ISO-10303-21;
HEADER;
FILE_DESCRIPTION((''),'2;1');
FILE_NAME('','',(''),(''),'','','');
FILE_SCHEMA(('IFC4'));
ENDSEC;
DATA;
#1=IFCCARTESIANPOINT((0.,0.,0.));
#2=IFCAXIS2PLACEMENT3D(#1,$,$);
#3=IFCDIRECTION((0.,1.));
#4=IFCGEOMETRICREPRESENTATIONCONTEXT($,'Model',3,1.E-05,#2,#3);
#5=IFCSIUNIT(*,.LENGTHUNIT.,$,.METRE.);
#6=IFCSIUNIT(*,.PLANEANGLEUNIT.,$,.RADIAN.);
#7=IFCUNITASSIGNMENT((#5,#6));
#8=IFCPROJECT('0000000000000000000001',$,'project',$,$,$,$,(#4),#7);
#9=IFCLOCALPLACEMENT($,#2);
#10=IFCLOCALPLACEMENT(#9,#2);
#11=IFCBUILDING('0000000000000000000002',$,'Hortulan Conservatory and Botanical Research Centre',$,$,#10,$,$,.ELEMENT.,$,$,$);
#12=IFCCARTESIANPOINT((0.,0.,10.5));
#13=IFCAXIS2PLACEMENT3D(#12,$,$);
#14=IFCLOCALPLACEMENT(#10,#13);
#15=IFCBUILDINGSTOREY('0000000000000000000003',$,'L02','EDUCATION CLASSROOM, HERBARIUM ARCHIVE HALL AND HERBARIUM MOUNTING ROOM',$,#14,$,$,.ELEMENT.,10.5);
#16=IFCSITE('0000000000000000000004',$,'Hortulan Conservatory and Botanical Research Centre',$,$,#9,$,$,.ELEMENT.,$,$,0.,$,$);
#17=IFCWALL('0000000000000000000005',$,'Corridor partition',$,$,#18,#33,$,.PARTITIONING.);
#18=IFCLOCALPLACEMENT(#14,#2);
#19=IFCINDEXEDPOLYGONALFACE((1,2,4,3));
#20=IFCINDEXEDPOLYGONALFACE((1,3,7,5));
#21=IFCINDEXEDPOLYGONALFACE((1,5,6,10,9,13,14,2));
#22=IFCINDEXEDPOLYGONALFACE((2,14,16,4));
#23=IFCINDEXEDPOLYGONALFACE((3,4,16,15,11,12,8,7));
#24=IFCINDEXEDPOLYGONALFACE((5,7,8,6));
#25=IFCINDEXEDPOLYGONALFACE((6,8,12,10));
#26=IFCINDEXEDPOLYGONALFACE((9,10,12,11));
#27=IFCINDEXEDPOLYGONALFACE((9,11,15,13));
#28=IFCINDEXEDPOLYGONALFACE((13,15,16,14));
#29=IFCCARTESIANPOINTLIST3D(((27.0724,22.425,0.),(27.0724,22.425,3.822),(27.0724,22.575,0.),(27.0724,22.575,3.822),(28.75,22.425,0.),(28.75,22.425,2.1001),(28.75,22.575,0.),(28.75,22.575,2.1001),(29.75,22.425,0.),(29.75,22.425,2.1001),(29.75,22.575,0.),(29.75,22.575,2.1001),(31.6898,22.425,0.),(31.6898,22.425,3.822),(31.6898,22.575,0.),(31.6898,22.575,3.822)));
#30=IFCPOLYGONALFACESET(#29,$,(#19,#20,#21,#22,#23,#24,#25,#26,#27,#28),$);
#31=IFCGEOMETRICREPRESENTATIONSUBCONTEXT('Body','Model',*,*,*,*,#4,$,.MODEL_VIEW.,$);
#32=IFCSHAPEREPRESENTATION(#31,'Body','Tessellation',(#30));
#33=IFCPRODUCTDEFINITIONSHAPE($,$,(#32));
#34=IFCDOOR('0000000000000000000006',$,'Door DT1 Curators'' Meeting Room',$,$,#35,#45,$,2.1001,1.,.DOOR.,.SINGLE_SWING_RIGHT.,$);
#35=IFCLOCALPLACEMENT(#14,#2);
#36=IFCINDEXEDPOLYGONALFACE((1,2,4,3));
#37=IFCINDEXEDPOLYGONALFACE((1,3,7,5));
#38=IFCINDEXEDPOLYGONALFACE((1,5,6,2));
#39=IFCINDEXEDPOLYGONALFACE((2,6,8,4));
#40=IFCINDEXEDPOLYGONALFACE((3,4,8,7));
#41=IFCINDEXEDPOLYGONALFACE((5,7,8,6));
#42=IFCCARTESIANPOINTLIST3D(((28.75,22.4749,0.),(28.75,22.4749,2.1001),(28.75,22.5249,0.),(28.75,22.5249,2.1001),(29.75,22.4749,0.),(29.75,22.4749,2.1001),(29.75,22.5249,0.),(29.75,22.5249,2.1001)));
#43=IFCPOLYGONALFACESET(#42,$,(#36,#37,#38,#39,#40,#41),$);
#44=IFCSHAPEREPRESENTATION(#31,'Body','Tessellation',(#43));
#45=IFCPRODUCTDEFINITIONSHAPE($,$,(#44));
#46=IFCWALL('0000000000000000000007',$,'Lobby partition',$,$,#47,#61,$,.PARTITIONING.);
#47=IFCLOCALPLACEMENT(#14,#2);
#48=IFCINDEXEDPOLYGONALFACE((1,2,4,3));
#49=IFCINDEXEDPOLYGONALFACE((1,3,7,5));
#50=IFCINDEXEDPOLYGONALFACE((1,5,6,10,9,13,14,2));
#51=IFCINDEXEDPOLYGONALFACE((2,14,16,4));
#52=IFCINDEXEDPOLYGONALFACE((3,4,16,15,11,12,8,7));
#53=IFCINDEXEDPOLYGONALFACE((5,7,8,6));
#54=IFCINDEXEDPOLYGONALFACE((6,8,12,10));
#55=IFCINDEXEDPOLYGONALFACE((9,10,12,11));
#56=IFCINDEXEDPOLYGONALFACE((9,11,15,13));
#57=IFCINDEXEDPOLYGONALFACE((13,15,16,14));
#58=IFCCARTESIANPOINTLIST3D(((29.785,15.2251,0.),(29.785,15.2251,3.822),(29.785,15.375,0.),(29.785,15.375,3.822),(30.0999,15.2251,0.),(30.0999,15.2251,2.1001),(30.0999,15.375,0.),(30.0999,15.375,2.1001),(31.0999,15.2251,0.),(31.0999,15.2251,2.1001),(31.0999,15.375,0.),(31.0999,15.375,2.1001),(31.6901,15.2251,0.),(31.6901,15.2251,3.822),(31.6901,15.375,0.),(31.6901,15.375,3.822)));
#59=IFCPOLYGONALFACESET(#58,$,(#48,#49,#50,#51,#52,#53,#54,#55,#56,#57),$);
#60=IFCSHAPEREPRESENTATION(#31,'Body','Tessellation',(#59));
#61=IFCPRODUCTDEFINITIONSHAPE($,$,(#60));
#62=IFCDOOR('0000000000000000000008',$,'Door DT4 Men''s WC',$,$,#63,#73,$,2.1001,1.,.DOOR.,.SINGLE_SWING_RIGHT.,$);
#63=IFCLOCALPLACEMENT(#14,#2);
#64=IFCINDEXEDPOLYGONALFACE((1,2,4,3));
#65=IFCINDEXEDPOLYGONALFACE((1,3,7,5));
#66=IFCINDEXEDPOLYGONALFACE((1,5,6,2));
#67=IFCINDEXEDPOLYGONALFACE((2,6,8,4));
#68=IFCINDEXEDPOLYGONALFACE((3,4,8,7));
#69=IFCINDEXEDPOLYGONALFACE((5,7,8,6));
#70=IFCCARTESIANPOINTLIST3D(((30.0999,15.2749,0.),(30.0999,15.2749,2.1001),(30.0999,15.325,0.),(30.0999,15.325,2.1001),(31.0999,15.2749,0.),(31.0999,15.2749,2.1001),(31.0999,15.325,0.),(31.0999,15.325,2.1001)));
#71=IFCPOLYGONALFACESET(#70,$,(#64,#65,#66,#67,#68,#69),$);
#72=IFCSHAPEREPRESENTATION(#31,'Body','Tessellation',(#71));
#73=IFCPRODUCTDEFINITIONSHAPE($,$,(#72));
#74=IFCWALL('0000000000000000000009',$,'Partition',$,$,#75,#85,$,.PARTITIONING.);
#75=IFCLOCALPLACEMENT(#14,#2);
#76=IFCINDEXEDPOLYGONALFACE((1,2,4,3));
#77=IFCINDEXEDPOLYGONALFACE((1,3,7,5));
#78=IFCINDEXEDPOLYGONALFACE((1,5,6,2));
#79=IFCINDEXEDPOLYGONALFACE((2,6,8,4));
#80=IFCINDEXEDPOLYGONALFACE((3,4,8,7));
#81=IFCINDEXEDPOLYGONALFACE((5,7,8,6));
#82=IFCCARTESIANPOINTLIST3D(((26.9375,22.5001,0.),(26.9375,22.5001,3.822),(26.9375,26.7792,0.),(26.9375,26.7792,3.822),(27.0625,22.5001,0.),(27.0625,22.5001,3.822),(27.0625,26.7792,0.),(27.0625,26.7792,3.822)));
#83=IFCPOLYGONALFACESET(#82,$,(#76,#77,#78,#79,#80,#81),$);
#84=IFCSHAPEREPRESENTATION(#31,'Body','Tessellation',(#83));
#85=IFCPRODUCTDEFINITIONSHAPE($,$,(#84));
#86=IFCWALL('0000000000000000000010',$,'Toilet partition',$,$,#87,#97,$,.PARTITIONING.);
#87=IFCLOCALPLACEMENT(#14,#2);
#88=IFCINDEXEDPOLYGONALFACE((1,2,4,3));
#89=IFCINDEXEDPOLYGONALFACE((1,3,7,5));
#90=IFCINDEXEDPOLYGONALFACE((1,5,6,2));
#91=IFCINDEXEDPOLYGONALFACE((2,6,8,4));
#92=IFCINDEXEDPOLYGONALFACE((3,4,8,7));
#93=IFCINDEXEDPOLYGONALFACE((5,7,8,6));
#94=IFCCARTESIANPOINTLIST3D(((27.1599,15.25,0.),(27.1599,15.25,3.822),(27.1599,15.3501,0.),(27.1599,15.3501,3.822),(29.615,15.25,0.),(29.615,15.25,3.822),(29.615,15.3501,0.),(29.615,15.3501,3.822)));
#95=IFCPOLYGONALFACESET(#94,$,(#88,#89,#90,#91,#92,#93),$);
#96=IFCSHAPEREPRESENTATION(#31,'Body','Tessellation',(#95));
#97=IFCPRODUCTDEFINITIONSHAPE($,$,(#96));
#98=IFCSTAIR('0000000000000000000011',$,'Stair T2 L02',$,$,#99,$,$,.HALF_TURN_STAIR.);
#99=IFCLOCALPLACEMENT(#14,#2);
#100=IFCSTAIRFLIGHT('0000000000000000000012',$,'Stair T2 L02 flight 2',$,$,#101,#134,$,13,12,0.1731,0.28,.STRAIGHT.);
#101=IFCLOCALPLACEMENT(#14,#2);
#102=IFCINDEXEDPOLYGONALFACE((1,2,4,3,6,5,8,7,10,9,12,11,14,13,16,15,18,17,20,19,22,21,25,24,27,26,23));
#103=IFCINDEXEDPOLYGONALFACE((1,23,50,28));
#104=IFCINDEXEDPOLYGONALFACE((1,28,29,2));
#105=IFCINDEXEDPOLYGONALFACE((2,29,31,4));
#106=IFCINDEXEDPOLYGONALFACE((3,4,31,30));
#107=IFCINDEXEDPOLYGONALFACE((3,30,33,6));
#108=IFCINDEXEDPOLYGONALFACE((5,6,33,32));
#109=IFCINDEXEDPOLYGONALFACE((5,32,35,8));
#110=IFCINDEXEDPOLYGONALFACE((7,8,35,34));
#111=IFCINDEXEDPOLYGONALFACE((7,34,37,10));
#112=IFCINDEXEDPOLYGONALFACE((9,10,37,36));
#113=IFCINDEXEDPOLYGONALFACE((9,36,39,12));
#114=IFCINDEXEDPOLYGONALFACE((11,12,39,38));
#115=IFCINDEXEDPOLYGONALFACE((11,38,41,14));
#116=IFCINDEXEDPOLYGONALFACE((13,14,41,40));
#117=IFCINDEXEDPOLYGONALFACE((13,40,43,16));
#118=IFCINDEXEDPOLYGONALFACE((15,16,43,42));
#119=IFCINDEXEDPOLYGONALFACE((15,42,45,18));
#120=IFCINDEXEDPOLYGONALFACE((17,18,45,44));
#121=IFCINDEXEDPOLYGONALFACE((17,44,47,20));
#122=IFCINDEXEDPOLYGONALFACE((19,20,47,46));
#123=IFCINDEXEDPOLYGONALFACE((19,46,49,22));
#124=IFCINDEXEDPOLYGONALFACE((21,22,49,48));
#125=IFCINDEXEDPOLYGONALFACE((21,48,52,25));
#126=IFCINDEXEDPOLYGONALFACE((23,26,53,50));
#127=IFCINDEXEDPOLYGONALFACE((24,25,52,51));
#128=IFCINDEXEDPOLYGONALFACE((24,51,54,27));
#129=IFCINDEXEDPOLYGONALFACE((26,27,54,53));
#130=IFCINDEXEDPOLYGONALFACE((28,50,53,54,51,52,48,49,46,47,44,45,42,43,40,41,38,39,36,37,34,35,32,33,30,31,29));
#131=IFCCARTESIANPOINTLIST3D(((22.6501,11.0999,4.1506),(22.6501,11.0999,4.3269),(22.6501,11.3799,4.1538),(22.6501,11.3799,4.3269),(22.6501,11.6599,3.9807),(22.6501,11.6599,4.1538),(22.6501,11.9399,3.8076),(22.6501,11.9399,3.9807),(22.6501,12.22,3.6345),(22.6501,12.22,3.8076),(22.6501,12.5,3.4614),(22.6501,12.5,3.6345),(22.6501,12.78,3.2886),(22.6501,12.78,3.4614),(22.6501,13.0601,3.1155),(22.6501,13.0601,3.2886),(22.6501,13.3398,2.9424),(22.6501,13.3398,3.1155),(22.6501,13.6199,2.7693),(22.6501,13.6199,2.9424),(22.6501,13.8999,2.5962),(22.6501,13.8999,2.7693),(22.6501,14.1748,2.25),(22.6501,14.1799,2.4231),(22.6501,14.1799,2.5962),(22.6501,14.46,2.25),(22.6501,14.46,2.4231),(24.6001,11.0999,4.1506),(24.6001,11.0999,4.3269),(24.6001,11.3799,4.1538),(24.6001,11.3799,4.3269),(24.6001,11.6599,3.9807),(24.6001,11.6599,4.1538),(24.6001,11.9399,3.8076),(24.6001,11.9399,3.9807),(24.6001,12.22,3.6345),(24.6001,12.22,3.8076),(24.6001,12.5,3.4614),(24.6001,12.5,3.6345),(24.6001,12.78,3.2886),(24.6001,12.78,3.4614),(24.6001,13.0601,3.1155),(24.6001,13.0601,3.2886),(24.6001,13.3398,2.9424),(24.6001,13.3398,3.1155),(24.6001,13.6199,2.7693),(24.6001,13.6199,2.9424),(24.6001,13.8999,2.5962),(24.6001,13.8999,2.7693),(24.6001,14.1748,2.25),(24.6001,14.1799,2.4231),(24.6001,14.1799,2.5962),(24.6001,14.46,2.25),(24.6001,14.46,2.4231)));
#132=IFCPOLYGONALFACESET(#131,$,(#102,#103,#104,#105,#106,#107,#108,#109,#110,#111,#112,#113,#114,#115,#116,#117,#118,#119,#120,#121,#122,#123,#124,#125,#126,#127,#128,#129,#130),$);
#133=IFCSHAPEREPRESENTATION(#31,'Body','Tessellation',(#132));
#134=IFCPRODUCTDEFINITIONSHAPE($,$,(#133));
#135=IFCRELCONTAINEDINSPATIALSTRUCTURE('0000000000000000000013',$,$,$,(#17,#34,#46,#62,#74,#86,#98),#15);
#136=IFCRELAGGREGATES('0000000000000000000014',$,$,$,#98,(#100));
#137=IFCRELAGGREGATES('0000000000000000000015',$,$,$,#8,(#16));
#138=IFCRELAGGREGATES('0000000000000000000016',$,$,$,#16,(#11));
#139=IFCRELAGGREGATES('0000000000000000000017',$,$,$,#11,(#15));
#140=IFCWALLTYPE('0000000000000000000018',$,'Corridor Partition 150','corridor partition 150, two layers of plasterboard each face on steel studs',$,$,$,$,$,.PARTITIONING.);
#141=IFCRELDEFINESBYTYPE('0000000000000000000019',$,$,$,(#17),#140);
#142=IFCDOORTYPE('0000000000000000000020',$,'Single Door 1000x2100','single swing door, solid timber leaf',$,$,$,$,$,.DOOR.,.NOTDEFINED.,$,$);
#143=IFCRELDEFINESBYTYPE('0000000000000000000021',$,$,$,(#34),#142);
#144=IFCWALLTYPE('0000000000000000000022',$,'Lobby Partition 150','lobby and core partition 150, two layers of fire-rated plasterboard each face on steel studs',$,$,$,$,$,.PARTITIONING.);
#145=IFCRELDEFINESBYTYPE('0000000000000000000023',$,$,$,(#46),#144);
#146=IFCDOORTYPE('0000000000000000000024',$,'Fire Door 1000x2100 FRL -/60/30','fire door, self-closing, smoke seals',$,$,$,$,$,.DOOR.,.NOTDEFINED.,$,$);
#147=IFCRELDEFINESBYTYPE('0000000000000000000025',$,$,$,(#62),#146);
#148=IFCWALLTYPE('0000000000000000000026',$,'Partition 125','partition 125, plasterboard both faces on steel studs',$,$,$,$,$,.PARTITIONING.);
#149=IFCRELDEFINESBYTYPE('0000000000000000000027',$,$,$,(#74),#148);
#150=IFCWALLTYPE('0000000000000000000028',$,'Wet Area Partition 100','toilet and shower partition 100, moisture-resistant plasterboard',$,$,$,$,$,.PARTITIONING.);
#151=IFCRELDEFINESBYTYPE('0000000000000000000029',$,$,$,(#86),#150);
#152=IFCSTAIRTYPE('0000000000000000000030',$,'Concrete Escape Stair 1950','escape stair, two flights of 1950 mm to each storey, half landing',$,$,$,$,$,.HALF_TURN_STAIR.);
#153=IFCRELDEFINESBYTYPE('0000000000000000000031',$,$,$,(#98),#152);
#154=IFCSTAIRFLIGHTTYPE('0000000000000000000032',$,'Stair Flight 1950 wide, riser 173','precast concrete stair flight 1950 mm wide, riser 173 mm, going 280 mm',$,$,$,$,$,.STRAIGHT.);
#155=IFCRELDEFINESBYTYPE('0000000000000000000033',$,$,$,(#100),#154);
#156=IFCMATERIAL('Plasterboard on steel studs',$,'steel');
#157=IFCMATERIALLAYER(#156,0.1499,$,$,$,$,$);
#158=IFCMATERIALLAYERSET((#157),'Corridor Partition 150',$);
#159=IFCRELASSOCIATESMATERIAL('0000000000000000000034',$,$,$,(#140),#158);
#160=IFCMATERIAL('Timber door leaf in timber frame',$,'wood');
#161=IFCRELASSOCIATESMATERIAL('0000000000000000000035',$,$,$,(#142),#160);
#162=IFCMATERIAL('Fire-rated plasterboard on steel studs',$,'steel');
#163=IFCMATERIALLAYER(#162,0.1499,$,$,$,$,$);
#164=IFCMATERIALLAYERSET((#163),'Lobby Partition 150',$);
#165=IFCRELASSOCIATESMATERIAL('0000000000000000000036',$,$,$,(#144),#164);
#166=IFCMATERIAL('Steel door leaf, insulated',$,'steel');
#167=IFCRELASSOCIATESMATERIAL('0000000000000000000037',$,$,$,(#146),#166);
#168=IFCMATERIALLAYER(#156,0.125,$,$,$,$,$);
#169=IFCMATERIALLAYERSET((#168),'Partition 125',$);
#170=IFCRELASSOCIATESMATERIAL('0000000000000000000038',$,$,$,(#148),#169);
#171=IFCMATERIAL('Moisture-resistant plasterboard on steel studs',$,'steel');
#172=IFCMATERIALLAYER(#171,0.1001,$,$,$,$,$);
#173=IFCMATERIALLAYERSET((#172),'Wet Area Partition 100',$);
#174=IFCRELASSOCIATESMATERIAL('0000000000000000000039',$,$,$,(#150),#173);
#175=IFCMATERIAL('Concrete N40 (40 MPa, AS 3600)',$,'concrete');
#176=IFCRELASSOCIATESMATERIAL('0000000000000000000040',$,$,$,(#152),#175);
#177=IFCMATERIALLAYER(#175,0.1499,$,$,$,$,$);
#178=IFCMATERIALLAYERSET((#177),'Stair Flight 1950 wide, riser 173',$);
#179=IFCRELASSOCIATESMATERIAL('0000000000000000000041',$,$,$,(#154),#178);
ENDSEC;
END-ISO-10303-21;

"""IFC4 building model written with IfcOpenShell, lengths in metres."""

from ifc_helpers import new_model, si_unit, direction, frame, frame_2d, origin, place, context, subcontext, project, spatial, polyline, rectangle, outline, extrude, material, layer, layer_set, type_object, element, fill, aggregate, save


model = new_model("IFC4")

# Units and contexts
model_context = context("Model", 3, precision=1e-05, world=origin(), true_north=direction((0.0, 1.0)))
body_context = subcontext(model_context, "Body", "Model", "MODEL_VIEW")
ifc_project = project(units=[si_unit("LENGTHUNIT", "METRE"), si_unit("PLANEANGLEUNIT", "RADIAN")], contexts=[model_context])

# Site, building, storey
site_placement = place(None, origin())
site = spatial("IfcSite", under=ifc_project, at=site_placement, Name="Hortulan Conservatory and Botanical Research Centre", CompositionType="ELEMENT", RefElevation=0.0)
building_placement = place(site_placement, origin())
building = spatial("IfcBuilding", under=site, at=building_placement, Name="Hortulan Conservatory and Botanical Research Centre", CompositionType="ELEMENT")
storey_placement = place(building_placement, frame((0.0, 0.0, 10.5)))
storey = spatial("IfcBuildingStorey", under=building, at=storey_placement, Name="L02", Description="EDUCATION CLASSROOM, HERBARIUM ARCHIVE HALL AND HERBARIUM MOUNTING ROOM", CompositionType="ELEMENT", Elevation=10.5)

# Shared definitions
ifc_material_1 = material(Name="Fire-rated plasterboard on steel studs", Category="steel")
ifc_material_2 = material(Name="Plasterboard on steel studs", Category="steel")
ifc_layer_1 = layer(ifc_material_2, 0.1499)
ifc_layer_set_1 = layer_set([ifc_layer_1], Name="Corridor Partition 150")
wall_type_1 = type_object("IfcWallType", Name="Corridor Partition 150", Description="corridor partition 150, two layers of plasterboard each face on steel studs", PredefinedType="PARTITIONING", material=ifc_layer_set_1)

# Walls, openings, doors
ifc_material_3 = material(Name="Timber door leaf in timber frame", Category="wood")
door_type_1 = type_object("IfcDoorType", Name="Single Door 1000x2100", Description="single swing door, solid timber leaf", OperationType="NOTDEFINED", PredefinedType="DOOR", material=ifc_material_3)
wall_1_placement = place(storey_placement, frame((27.0725, 22.5, 0.0), z_axis=(0.0, 0.0, 1.0), x_axis=(1.0, 0.0, 0.0)))
wall_1 = element("IfcWall", 1, at=wall_1_placement, inside=storey, type_object=wall_type_1, Name="Corridor partition", PredefinedType="PARTITIONING", context=body_context, shape_type="SweptSolid", body=[
    extrude(rectangle(XDim=4.6174, YDim=0.1499, at=frame_2d((2.3086, 0.0))), origin(), (0.0, 0.0, 1.0), 3.822),
])
opening_1_placement = place(wall_1_placement, frame((1.6775, 0.0, 0.0)))
opening_1 = element("IfcOpeningElement", 2, at=opening_1_placement, cuts=wall_1, PredefinedType="OPENING", context=body_context, shape_type="SweptSolid", body=[
    extrude(rectangle(XDim=1.0, YDim=2.1001, at=frame_2d((0.5, 1.05))), frame((0.0, 0.085, 0.0), z_axis=(0.0, -1.0, 0.0), x_axis=(1.0, 0.0, 0.0)), (0.0, 0.0, 1.0), 0.1699),
])
door_1_placement = place(opening_1_placement, origin())
door_1 = element("IfcDoor", 3, at=door_1_placement, inside=storey, type_object=door_type_1, Name="Door DT1 Curators' Meeting Room", OperationType="SINGLE_SWING_RIGHT", OverallHeight=2.1001, OverallWidth=1.0, PredefinedType="DOOR", context=body_context, shape_type="SweptSolid", body=[
    extrude(rectangle(XDim=1.0, YDim=2.1001, at=frame_2d((0.5, 1.05))), frame((0.0, 0.0249, 0.0), z_axis=(0.0, -1.0, 0.0), x_axis=(1.0, 0.0, 0.0)), (0.0, 0.0, 1.0), 0.05),
])
fill(opening_1, door_1)
ifc_layer_2 = layer(ifc_material_1, 0.1499)
ifc_layer_set_2 = layer_set([ifc_layer_2], Name="Lobby Partition 150")
wall_type_2 = type_object("IfcWallType", Name="Lobby Partition 150", Description="lobby and core partition 150, two layers of fire-rated plasterboard each face on steel studs", PredefinedType="PARTITIONING", material=ifc_layer_set_2)
wall_2_placement = place(storey_placement, frame((29.7849, 15.3, 0.0), z_axis=(0.0, 0.0, 1.0), x_axis=(1.0, 0.0, 0.0)))
wall_2 = element("IfcWall", 4, at=wall_2_placement, inside=storey, type_object=wall_type_2, Name="Lobby partition", PredefinedType="PARTITIONING", context=body_context, shape_type="SweptSolid", body=[
    extrude(rectangle(XDim=1.905, YDim=0.1499, at=frame_2d((0.9526, 0.0))), origin(), (0.0, 0.0, 1.0), 3.822),
])
opening_2_placement = place(wall_2_placement, frame((0.3149, 0.0, 0.0)))
opening_2 = element("IfcOpeningElement", 5, at=opening_2_placement, cuts=wall_2, PredefinedType="OPENING", context=body_context, shape_type="SweptSolid", body=[
    extrude(rectangle(XDim=1.0, YDim=2.1001, at=frame_2d((0.5, 1.05))), frame((0.0, 0.085, 0.0), z_axis=(0.0, -1.0, 0.0), x_axis=(1.0, 0.0, 0.0)), (0.0, 0.0, 1.0), 0.1699),
])
ifc_material_4 = material(Name="Steel door leaf, insulated", Category="steel")
door_type_2 = type_object("IfcDoorType", Name="Fire Door 1000x2100 FRL -/60/30", Description="fire door, self-closing, smoke seals", OperationType="NOTDEFINED", PredefinedType="DOOR", material=ifc_material_4)
door_2_placement = place(opening_2_placement, origin())
door_2 = element("IfcDoor", 6, at=door_2_placement, inside=storey, type_object=door_type_2, Name="Door DT4 Men's WC", OperationType="SINGLE_SWING_RIGHT", OverallHeight=2.1001, OverallWidth=1.0, PredefinedType="DOOR", context=body_context, shape_type="SweptSolid", body=[
    extrude(rectangle(XDim=1.0, YDim=2.1001, at=frame_2d((0.5, 1.05))), frame((0.0, 0.0249, 0.0), z_axis=(0.0, -1.0, 0.0), x_axis=(1.0, 0.0, 0.0)), (0.0, 0.0, 1.0), 0.05),
])
fill(opening_2, door_2)

# Walls
ifc_layer_3 = layer(ifc_material_2, 0.125)
ifc_layer_set_3 = layer_set([ifc_layer_3], Name="Partition 125")
wall_type_3 = type_object("IfcWallType", Name="Partition 125", Description="partition 125, plasterboard both faces on steel studs", PredefinedType="PARTITIONING", material=ifc_layer_set_3)
wall_3_placement = place(storey_placement, frame((27.0, 22.5, 0.0), z_axis=(0.0, 0.0, 1.0), x_axis=(0.0, 1.0, 0.0)))
element("IfcWall", 7, at=wall_3_placement, inside=storey, type_object=wall_type_3, Name="Partition", PredefinedType="PARTITIONING", context=body_context, shape_type="SweptSolid", body=[
    extrude(rectangle(XDim=4.2791, YDim=0.125, at=frame_2d((2.1396, 0.0))), origin(), (0.0, 0.0, 1.0), 3.822),
])
ifc_material_5 = material(Name="Moisture-resistant plasterboard on steel studs", Category="steel")
ifc_layer_4 = layer(ifc_material_5, 0.1001)
ifc_layer_set_4 = layer_set([ifc_layer_4], Name="Wet Area Partition 100")
wall_type_4 = type_object("IfcWallType", Name="Wet Area Partition 100", Description="toilet and shower partition 100, moisture-resistant plasterboard", PredefinedType="PARTITIONING", material=ifc_layer_set_4)
wall_4_placement = place(storey_placement, frame((27.1599, 15.3, 0.0), z_axis=(0.0, 0.0, 1.0), x_axis=(1.0, 0.0, 0.0)))
element("IfcWall", 8, at=wall_4_placement, inside=storey, type_object=wall_type_4, Name="Toilet partition", PredefinedType="PARTITIONING", context=body_context, shape_type="SweptSolid", body=[
    extrude(rectangle(XDim=2.4551, YDim=0.1001, at=frame_2d((1.2275, 0.0))), origin(), (0.0, 0.0, 1.0), 3.822),
])

# Stair, stair flight
ifc_material_6 = material(Name="Concrete N40 (40 MPa, AS 3600)", Category="concrete")
stair_type = type_object("IfcStairType", Name="Concrete Escape Stair 1950", Description="escape stair, two flights of 1950 mm to each storey, half landing", PredefinedType="HALF_TURN_STAIR", material=ifc_material_6)
stair_placement = place(storey_placement, origin())
stair = element("IfcStair", 9, at=stair_placement, inside=storey, type_object=stair_type, Name="Stair T2 L02", PredefinedType="HALF_TURN_STAIR")
ifc_layer_5 = layer(ifc_material_6, 0.1499)
ifc_layer_set_5 = layer_set([ifc_layer_5], Name="Stair Flight 1950 wide, riser 173")
stair_flight_type = type_object("IfcStairFlightType", Name="Stair Flight 1950 wide, riser 173", Description="precast concrete stair flight 1950 mm wide, riser 173 mm, going 280 mm", PredefinedType="STRAIGHT", material=ifc_layer_set_5)
stair_flight_placement = place(storey_placement, frame((23.625, 14.46, 2.25), z_axis=(0.0, 0.0, 1.0), x_axis=(0.0, -1.0, 0.0)))
stair_flight = element("IfcStairFlight", 10, at=stair_flight_placement, type_object=stair_flight_type, Name="Stair T2 L02 flight 2", NumberOfRisers=13, NumberOfTreads=12, PredefinedType="STRAIGHT", RiserHeight=0.1731, TreadLength=0.28, context=body_context, shape_type="SweptSolid", body=[
    extrude(outline(polyline([(0.0, 0.0), (0.0, 0.1731), (0.28, 0.1731), (0.28, 0.3462), (0.5601, 0.3462), (0.5601, 0.5193), (0.8401, 0.5193), (0.8401, 0.6924), (1.1201, 0.6924), (1.1201, 0.8655), (1.3999, 0.8655), (1.3999, 1.0386), (1.6799, 1.0386), (1.6799, 1.2114), (1.96, 1.2114), (1.96, 1.3845), (2.24, 1.3845), (2.24, 1.5576), (2.52, 1.5576), (2.52, 1.7307), (2.8, 1.7307), (2.8, 1.9038), (3.0801, 1.9038), (3.0801, 2.0769), (3.3601, 2.0769), (3.3601, 2.25), (3.3601, 1.9006), (0.2852, 0.0), (0.0, 0.0)])), frame((0.0, 0.9751, 0.0), z_axis=(0.0, -1.0, 0.0), x_axis=(1.0, 0.0, 0.0)), (0.0, 0.0, 1.0), 1.95),
])
aggregate(stair, [stair_flight])

save(model, "model.ifc")
